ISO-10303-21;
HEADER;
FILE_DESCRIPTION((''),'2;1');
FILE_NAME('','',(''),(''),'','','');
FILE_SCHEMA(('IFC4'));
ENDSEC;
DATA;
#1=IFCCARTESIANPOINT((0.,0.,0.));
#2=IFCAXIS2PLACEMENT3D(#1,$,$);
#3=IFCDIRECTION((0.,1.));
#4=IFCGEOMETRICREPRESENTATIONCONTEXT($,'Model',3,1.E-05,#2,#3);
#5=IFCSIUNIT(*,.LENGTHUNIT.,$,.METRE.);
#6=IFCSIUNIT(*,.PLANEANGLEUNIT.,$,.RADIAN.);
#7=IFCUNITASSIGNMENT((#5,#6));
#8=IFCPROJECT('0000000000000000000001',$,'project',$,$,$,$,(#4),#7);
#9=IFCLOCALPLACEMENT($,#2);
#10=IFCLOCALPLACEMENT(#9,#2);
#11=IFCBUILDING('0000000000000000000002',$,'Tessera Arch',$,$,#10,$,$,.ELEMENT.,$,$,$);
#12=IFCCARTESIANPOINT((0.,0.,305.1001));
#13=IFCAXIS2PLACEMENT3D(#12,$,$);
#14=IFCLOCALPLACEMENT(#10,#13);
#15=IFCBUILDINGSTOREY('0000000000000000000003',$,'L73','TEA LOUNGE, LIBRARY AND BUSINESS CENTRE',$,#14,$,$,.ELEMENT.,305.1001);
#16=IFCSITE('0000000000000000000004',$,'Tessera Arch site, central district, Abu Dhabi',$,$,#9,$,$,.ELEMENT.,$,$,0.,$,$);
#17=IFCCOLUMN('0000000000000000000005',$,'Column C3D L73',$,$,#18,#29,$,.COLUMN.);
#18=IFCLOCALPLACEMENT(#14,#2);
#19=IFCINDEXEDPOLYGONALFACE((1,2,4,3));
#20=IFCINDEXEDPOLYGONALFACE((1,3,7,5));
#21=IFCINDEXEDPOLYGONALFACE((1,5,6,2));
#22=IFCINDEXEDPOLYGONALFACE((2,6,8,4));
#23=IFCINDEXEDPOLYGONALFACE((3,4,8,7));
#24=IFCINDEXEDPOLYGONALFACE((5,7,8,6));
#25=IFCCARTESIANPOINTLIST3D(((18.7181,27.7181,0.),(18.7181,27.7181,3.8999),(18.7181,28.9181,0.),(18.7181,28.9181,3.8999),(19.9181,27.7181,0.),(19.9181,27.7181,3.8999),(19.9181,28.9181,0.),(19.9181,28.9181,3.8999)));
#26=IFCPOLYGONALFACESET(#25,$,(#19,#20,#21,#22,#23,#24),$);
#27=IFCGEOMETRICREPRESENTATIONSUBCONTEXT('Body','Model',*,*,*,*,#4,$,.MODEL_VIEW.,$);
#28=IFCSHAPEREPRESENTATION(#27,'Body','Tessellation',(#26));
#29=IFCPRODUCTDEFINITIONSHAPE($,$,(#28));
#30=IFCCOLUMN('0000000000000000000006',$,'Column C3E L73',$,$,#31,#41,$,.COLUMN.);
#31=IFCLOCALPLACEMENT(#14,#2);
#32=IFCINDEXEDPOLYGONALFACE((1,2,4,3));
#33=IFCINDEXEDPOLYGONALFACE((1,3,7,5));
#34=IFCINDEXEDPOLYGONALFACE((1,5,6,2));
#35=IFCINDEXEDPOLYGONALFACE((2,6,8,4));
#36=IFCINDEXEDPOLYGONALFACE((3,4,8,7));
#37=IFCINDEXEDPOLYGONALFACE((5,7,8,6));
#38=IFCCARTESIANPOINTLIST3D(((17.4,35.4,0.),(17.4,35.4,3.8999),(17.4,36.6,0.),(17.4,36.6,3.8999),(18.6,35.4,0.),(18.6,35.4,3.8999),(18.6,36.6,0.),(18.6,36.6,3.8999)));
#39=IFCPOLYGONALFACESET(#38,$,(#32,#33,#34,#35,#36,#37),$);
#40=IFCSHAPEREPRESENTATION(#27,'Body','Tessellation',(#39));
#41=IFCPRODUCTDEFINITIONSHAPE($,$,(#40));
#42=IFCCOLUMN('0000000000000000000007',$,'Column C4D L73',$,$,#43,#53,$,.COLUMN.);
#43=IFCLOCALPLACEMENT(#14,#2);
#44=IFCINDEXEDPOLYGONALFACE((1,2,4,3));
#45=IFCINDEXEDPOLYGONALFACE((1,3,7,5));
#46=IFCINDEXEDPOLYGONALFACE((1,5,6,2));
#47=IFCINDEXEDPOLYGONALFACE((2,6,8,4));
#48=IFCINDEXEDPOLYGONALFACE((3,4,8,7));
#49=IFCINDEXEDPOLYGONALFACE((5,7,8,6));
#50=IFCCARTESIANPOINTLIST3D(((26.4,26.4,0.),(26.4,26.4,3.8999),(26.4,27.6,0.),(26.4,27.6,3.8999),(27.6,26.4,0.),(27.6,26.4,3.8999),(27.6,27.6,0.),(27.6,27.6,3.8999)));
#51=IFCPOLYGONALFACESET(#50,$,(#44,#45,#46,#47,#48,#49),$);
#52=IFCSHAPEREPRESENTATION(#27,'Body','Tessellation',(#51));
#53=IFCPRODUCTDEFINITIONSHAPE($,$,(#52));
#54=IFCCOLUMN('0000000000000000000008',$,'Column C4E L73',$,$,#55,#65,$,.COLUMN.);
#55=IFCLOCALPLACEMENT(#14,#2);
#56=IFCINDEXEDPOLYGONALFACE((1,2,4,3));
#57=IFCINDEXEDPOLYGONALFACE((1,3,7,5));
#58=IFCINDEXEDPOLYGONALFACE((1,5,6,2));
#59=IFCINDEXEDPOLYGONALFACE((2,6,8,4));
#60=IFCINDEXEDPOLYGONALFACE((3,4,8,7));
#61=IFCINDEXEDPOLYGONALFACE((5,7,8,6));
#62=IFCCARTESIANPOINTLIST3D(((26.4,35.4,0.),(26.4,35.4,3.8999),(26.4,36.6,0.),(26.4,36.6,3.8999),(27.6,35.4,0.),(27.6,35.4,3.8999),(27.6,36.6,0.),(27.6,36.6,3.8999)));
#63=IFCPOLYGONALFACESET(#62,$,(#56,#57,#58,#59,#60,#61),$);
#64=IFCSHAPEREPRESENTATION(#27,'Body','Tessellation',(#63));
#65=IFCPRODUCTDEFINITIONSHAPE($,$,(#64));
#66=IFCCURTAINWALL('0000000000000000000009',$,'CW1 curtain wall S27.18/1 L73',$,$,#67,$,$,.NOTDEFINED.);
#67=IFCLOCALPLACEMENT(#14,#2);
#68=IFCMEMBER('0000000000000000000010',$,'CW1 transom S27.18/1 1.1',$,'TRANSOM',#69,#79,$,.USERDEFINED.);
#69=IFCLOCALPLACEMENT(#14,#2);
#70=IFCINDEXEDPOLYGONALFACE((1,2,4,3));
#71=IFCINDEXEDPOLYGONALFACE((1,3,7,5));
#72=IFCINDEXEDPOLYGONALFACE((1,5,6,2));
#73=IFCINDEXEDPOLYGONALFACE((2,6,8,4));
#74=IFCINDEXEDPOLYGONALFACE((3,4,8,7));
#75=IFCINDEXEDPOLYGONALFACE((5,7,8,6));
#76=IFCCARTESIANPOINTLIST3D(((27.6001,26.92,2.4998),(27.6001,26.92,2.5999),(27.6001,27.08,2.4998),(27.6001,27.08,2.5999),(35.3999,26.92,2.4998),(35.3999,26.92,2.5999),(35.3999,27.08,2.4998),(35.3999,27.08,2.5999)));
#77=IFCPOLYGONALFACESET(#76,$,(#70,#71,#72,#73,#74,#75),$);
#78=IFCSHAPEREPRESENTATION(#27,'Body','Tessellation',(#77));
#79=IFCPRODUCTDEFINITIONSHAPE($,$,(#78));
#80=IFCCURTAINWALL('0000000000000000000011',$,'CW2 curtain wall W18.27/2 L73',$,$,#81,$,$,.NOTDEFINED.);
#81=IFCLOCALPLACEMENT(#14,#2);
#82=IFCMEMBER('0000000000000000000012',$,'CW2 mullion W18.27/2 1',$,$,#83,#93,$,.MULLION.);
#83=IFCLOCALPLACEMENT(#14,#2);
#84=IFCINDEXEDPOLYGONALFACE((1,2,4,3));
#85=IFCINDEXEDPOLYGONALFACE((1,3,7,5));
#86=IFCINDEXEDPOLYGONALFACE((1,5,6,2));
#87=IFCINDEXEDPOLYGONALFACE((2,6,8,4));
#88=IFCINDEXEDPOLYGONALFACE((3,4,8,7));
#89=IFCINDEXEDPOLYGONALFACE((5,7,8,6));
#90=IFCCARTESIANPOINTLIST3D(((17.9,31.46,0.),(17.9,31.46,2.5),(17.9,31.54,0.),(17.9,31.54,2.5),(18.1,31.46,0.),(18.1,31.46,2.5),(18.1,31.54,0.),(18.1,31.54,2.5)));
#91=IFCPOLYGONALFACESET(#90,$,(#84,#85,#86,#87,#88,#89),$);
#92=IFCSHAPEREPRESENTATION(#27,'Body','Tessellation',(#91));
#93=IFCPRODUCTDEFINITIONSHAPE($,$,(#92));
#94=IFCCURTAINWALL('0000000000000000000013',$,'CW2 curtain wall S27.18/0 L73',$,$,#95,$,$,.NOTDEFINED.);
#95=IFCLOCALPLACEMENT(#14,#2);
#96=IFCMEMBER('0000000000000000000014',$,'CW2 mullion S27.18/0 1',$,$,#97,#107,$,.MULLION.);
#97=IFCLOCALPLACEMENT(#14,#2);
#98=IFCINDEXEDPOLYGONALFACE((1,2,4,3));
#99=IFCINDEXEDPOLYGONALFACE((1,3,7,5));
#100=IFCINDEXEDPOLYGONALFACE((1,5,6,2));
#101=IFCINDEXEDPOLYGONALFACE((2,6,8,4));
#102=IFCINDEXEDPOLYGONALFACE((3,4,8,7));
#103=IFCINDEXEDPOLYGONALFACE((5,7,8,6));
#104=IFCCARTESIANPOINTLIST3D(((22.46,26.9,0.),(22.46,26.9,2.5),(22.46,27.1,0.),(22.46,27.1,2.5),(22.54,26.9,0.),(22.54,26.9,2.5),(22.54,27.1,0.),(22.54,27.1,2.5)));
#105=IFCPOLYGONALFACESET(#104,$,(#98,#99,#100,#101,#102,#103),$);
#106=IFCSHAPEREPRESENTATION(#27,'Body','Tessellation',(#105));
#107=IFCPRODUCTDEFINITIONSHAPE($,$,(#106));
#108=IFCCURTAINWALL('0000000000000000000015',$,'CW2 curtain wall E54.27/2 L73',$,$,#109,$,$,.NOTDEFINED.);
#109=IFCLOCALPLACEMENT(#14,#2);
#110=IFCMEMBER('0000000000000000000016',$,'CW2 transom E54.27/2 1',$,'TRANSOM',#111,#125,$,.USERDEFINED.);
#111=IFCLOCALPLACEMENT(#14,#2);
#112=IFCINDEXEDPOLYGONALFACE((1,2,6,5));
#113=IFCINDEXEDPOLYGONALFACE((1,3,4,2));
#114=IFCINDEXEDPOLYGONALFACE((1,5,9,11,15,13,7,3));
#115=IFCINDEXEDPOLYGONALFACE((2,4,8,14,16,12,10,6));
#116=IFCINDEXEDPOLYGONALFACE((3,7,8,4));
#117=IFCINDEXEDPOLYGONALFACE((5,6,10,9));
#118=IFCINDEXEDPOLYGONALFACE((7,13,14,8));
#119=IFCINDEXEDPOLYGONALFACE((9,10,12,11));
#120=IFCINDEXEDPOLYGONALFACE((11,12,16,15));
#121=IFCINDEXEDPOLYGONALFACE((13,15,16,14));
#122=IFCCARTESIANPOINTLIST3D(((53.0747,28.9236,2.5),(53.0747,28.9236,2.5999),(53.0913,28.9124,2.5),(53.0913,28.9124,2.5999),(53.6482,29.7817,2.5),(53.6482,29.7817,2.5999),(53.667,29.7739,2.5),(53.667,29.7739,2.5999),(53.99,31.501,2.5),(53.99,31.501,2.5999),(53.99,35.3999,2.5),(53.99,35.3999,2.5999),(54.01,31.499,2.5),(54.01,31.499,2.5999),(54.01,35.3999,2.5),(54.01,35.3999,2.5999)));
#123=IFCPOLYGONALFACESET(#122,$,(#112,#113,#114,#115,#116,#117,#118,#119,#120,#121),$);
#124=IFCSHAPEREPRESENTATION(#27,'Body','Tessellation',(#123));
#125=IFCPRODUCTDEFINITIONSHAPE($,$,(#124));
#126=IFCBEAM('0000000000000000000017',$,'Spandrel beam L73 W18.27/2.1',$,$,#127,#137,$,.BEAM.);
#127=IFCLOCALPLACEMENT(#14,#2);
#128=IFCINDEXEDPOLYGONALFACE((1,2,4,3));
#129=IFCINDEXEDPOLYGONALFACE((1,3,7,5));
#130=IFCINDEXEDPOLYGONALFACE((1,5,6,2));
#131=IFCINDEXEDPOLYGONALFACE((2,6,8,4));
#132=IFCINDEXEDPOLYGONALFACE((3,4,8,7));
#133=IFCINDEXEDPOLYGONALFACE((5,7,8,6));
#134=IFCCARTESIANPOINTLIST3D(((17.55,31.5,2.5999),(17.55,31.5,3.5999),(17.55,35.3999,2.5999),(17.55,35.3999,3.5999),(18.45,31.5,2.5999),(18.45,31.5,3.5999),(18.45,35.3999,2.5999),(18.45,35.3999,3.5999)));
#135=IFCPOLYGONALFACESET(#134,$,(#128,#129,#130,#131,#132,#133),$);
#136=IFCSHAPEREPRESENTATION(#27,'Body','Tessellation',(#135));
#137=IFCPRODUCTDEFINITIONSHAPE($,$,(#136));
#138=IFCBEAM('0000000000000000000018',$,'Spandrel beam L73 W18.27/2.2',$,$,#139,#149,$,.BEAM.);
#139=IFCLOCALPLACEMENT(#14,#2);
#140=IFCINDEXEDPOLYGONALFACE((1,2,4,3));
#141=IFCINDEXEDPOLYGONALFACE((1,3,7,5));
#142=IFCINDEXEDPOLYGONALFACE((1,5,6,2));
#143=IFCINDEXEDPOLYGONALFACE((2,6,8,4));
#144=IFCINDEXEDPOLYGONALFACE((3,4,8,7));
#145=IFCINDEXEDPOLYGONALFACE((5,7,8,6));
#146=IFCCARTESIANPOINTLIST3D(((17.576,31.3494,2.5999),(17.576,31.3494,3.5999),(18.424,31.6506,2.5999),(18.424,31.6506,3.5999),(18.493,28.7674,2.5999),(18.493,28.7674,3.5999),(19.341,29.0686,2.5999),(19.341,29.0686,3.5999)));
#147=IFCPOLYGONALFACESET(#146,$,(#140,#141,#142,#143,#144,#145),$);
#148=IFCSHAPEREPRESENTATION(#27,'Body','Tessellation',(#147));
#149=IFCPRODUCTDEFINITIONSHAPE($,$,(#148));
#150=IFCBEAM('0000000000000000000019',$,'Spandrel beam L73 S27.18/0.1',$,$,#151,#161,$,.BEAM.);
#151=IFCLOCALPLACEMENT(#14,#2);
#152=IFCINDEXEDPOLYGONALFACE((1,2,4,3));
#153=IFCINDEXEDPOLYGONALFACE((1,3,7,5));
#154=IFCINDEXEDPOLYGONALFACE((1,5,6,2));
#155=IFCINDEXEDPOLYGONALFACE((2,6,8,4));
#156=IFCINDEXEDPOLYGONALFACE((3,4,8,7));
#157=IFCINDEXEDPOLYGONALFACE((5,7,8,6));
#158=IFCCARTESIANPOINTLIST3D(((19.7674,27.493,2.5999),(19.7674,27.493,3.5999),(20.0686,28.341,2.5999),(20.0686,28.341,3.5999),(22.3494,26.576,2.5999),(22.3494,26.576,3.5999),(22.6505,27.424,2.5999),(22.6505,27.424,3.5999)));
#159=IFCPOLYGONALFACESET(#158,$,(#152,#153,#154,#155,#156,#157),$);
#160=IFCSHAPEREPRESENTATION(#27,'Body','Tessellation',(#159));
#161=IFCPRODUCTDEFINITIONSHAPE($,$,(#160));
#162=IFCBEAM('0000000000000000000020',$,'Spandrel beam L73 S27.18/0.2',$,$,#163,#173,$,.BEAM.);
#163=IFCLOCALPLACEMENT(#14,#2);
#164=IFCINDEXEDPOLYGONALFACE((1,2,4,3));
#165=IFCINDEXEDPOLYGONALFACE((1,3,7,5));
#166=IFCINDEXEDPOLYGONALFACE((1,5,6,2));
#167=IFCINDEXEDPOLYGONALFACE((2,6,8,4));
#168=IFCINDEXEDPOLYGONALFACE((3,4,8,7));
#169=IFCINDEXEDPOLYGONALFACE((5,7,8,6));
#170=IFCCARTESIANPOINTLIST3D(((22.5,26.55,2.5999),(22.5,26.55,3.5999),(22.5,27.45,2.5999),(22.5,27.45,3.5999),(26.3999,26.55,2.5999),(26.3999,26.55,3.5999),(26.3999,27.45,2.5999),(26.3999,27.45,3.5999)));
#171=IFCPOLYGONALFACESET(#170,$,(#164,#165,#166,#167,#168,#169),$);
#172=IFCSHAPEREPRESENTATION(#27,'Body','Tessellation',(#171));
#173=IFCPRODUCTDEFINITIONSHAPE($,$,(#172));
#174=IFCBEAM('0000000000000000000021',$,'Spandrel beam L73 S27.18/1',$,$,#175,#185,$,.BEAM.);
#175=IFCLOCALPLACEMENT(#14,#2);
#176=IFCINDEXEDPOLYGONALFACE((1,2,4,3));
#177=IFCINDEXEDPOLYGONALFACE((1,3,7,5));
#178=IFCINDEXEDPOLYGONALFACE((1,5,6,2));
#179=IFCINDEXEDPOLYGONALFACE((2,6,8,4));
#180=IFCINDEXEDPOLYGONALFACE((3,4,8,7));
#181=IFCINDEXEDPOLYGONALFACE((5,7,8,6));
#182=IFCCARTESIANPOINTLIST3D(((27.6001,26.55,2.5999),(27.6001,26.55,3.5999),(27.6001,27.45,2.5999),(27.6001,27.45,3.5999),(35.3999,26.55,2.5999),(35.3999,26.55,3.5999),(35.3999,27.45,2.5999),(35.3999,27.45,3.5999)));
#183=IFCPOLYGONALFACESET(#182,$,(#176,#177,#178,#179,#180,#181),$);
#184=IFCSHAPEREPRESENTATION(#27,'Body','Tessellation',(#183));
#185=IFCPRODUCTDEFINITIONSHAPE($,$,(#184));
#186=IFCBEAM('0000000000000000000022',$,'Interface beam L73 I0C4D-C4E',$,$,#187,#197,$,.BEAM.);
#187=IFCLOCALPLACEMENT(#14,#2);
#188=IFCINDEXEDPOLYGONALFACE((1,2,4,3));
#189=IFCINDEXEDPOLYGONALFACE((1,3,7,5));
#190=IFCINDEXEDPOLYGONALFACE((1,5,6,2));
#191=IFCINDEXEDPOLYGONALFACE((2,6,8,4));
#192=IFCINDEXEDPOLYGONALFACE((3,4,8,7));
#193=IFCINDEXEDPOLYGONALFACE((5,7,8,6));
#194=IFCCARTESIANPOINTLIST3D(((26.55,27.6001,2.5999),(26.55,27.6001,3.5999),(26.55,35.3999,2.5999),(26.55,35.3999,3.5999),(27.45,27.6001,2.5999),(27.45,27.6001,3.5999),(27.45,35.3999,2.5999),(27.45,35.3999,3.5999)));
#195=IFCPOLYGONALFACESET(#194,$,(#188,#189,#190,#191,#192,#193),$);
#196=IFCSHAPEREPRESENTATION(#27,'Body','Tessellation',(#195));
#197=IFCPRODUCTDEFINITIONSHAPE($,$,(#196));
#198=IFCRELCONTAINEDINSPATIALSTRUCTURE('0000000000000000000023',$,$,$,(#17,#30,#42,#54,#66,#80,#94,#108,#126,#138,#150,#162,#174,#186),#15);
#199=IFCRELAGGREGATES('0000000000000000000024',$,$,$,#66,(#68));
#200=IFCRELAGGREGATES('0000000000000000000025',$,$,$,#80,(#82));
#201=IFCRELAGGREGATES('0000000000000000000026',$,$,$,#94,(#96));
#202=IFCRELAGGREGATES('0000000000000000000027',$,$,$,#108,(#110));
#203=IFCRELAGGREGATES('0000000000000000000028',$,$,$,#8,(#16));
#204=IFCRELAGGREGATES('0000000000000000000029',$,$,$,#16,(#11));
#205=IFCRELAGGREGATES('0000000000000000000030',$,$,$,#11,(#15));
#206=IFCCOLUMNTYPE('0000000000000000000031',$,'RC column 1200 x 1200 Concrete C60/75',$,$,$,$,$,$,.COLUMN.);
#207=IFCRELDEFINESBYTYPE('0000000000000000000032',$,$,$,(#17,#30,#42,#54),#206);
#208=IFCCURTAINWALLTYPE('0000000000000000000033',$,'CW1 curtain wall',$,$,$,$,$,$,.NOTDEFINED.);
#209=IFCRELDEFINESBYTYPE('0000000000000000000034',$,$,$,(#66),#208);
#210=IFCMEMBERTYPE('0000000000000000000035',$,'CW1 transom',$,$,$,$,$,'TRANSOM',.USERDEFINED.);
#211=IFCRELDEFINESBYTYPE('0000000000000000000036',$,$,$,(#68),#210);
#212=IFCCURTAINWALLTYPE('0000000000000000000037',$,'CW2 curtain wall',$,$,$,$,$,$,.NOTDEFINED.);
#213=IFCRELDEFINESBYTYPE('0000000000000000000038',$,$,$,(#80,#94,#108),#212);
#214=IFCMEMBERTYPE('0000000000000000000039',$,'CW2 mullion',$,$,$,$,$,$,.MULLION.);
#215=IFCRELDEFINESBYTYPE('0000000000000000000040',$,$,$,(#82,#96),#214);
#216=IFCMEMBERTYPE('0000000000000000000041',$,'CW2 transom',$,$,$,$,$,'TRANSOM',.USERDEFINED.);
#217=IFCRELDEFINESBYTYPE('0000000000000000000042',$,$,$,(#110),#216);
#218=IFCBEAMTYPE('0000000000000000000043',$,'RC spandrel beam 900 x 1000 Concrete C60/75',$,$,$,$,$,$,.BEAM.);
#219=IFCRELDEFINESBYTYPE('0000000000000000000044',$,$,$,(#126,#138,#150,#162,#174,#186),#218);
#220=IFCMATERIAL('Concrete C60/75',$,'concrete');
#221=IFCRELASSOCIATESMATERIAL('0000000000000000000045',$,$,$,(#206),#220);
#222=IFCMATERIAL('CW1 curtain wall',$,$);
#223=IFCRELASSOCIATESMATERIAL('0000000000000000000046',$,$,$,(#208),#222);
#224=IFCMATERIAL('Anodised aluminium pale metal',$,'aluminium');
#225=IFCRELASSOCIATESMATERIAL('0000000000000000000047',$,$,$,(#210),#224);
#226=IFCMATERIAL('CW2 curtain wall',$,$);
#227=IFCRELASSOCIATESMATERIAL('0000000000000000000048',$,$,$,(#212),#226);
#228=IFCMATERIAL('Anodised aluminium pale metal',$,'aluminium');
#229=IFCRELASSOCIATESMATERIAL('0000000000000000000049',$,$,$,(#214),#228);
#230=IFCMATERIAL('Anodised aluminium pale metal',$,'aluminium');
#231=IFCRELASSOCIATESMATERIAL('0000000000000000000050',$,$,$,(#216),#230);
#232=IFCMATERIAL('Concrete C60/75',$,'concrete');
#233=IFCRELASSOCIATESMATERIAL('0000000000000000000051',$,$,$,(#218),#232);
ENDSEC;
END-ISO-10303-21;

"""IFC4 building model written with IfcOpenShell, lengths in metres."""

from ifc_helpers import new_model, si_unit, direction, frame, origin, origin_2d, place, context, subcontext, project, spatial, polyline, rectangle, outline, extrude, material, material_profile, profile_set, type_object, element, aggregate, save


model = new_model("IFC4")

# Units and contexts
model_context = context("Model", 3, precision=1e-05, world=origin(), true_north=direction((0.0, 1.0)))
body_context = subcontext(model_context, "Body", "Model", "MODEL_VIEW")
ifc_project = project(units=[si_unit("LENGTHUNIT", "METRE"), si_unit("PLANEANGLEUNIT", "RADIAN")], contexts=[model_context])

# Site, building, storey
site_placement = place(None, origin())
site = spatial("IfcSite", under=ifc_project, at=site_placement, Name="Tessera Arch site, central district, Abu Dhabi", CompositionType="ELEMENT", RefElevation=0.0)
building_placement = place(site_placement, origin())
building = spatial("IfcBuilding", under=site, at=building_placement, Name="Tessera Arch", CompositionType="ELEMENT")
storey_placement = place(building_placement, frame((0.0, 0.0, 305.1001)))
storey = spatial("IfcBuildingStorey", under=building, at=storey_placement, Name="L73", Description="TEA LOUNGE, LIBRARY AND BUSINESS CENTRE", CompositionType="ELEMENT", Elevation=305.1001)

# Columns
ifc_material_1 = material(Name="Concrete C60/75", Category="concrete")
ifc_material_profile_1 = material_profile(ifc_material_1, rectangle(XDim=1.2, YDim=1.2, at=origin_2d()), Name="RC column 1200 x 1200 Concrete C60/75")
ifc_profile_set_1 = profile_set([ifc_material_profile_1], Name="Concrete C60/75")
column_type = type_object("IfcColumnType", Name="RC column 1200 x 1200 Concrete C60/75", PredefinedType="COLUMN", material=ifc_profile_set_1)
for number, where, z_axis, x_axis, name in (
    (1, (19.3181, 28.3181, 0.0), (0.0, 0.0, 1.0), (1.0, 0.0, 0.0), "Column C3D L73"),
    (2, (18.0, 36.0, 0.0), (0.0, 0.0, 1.0), (1.0, 0.0, 0.0), "Column C3E L73"),
    (3, (27.0, 27.0, 0.0), (0.0, 0.0, 1.0), (1.0, 0.0, 0.0), "Column C4D L73"),
    (4, (27.0, 36.0, 0.0), (0.0, 0.0, 1.0), (1.0, 0.0, 0.0), "Column C4E L73"),
):
    element("IfcColumn", number, at=place(storey_placement, frame(where, z_axis=z_axis, x_axis=x_axis)), inside=storey, type_object=column_type, Name=name, PredefinedType="COLUMN", context=body_context, shape_type="SweptSolid", body=[
        extrude(rectangle(XDim=1.2, YDim=1.2, at=origin_2d()), origin(), (0.0, 0.0, 1.0), 3.8999),
    ])

# Curtain walls, members
ifc_material_2 = material(Name="CW1 curtain wall")
curtain_wall_type_1 = type_object("IfcCurtainWallType", Name="CW1 curtain wall", PredefinedType="NOTDEFINED", material=ifc_material_2)
curtain_wall_1_placement = place(storey_placement, origin())
curtain_wall_1 = element("IfcCurtainWall", 5, at=curtain_wall_1_placement, inside=storey, type_object=curtain_wall_type_1, Name="CW1 curtain wall S27.18/1 L73", PredefinedType="NOTDEFINED")
ifc_material_3 = material(Name="Anodised aluminium pale metal", Category="aluminium")
ifc_material_profile_2 = material_profile(ifc_material_3, rectangle(XDim=0.1599, YDim=0.1001, at=origin_2d()), Name="AL 160x100")
ifc_profile_set_2 = profile_set([ifc_material_profile_2], Name="Anodised aluminium pale metal")
member_type_1 = type_object("IfcMemberType", Name="CW1 transom", ElementType="TRANSOM", PredefinedType="USERDEFINED", material=ifc_profile_set_2)
member_1_placement = place(storey_placement, frame((27.6001, 27.0, 2.5498), z_axis=(1.0, 0.0, 0.0), x_axis=(0.0, 1.0, 0.0)))
member_1 = element("IfcMember", 6, at=member_1_placement, type_object=member_type_1, Name="CW1 transom S27.18/1 1.1", ObjectType="TRANSOM", PredefinedType="USERDEFINED", context=body_context, shape_type="SweptSolid", body=[
    extrude(rectangle(XDim=0.1599, YDim=0.1001, at=origin_2d()), origin(), (0.0, 0.0, 1.0), 7.7998),
])
aggregate(curtain_wall_1, [member_1])
ifc_material_4 = material(Name="CW2 curtain wall")
curtain_wall_type_2 = type_object("IfcCurtainWallType", Name="CW2 curtain wall", PredefinedType="NOTDEFINED", material=ifc_material_4)
curtain_wall_2_placement = place(storey_placement, origin())
curtain_wall_2 = element("IfcCurtainWall", 7, at=curtain_wall_2_placement, inside=storey, type_object=curtain_wall_type_2, Name="CW2 curtain wall W18.27/2 L73", PredefinedType="NOTDEFINED")
ifc_material_5 = material(Name="Anodised aluminium pale metal", Category="aluminium")
ifc_material_profile_3 = material_profile(ifc_material_5, rectangle(XDim=0.2, YDim=0.0801, at=origin_2d()), Name="AL 80x200")
ifc_profile_set_3 = profile_set([ifc_material_profile_3], Name="Anodised aluminium pale metal")
member_type_2 = type_object("IfcMemberType", Name="CW2 mullion", PredefinedType="MULLION", material=ifc_profile_set_3)
member_2_placement = place(storey_placement, frame((18.0, 31.5, 0.0), z_axis=(0.0, 0.0, 1.0), x_axis=(1.0, 0.0, 0.0)))
member_2 = element("IfcMember", 8, at=member_2_placement, type_object=member_type_2, Name="CW2 mullion W18.27/2 1", PredefinedType="MULLION", context=body_context, shape_type="SweptSolid", body=[
    extrude(rectangle(XDim=0.2, YDim=0.0801, at=origin_2d()), origin(), (0.0, 0.0, 1.0), 2.5),
])
curtain_wall_3_placement = place(storey_placement, origin())
curtain_wall_3 = element("IfcCurtainWall", 9, at=curtain_wall_3_placement, inside=storey, type_object=curtain_wall_type_2, Name="CW2 curtain wall S27.18/0 L73", PredefinedType="NOTDEFINED")
member_3_placement = place(storey_placement, frame((22.5, 27.0, 0.0), z_axis=(0.0, 0.0, 1.0), x_axis=(0.0, 1.0, 0.0)))
member_3 = element("IfcMember", 10, at=member_3_placement, type_object=member_type_2, Name="CW2 mullion S27.18/0 1", PredefinedType="MULLION", context=body_context, shape_type="SweptSolid", body=[
    extrude(rectangle(XDim=0.2, YDim=0.0801, at=origin_2d()), origin(), (0.0, 0.0, 1.0), 2.5),
])
curtain_wall_4_placement = place(storey_placement, origin())
curtain_wall_4 = element("IfcCurtainWall", 11, at=curtain_wall_4_placement, inside=storey, type_object=curtain_wall_type_2, Name="CW2 curtain wall E54.27/2 L73", PredefinedType="NOTDEFINED")
ifc_material_6 = material(Name="Anodised aluminium pale metal", Category="aluminium")
ifc_material_profile_4 = material_profile(ifc_material_6, rectangle(XDim=0.2, YDim=0.1001, at=origin_2d()), Name="AL 200x100")
ifc_profile_set_4 = profile_set([ifc_material_profile_4], Name="Anodised aluminium pale metal")
member_type_3 = type_object("IfcMemberType", Name="CW2 transom", ElementType="TRANSOM", PredefinedType="USERDEFINED", material=ifc_profile_set_4)
member_4_placement = place(storey_placement, frame((0.0, 0.0, 2.5)))
member_4 = element("IfcMember", 12, at=member_4_placement, type_object=member_type_3, Name="CW2 transom E54.27/2 1", ObjectType="TRANSOM", PredefinedType="USERDEFINED", context=body_context, shape_type="SweptSolid", body=[
    extrude(outline(polyline([(53.6482, 29.7817), (53.0747, 28.9236), (53.0913, 28.9124), (53.667, 29.7739), (54.01, 31.499), (54.01, 35.3999), (53.99, 35.3999), (53.99, 31.501), (53.6482, 29.7817)])), origin(), (0.0, 0.0, 1.0), 0.0999),
])

# Beams
ifc_material_7 = material(Name="Concrete C60/75", Category="concrete")
ifc_material_profile_5 = material_profile(ifc_material_7, rectangle(XDim=0.8999, YDim=1.0, at=origin_2d()), Name="RC spandrel beam 900 x 1000 Concrete C60/75")
ifc_profile_set_5 = profile_set([ifc_material_profile_5], Name="Concrete C60/75")
beam_type = type_object("IfcBeamType", Name="RC spandrel beam 900 x 1000 Concrete C60/75", PredefinedType="BEAM", material=ifc_profile_set_5)
beam_1_placement = place(storey_placement, frame((18.0, 35.3999, 3.0999), z_axis=(0.0, -1.0, 0.0), x_axis=(1.0, 0.0, 0.0)))
element("IfcBeam", 13, at=beam_1_placement, inside=storey, type_object=beam_type, Name="Spandrel beam L73 W18.27/2.1", PredefinedType="BEAM", context=body_context, shape_type="SweptSolid", body=[
    extrude(rectangle(XDim=0.8999, YDim=1.0, at=origin_2d()), origin(), (0.0, 0.0, 1.0), 3.8999),
])
for number, where, z_axis, x_axis, name in (
    (14, (18.0, 31.5, 3.0999), (0.334665, -0.942337, 0.0), (0.942337, 0.334665, 0.0), "Spandrel beam L73 W18.27/2.2"),
    (15, (19.918, 27.917, 3.0999), (0.942337, -0.334665, 0.0), (0.334665, 0.942337, 0.0), "Spandrel beam L73 S27.18/0.1"),
):
    element("IfcBeam", number, at=place(storey_placement, frame(where, z_axis=z_axis, x_axis=x_axis)), inside=storey, type_object=beam_type, Name=name, PredefinedType="BEAM", context=body_context, shape_type="SweptSolid", body=[
        extrude(rectangle(XDim=0.8999, YDim=1.0, at=origin_2d()), origin(), (0.0, 0.0, 1.0), 2.74),
    ])
beam_2_placement = place(storey_placement, frame((22.5, 27.0, 3.0999), z_axis=(1.0, 0.0, 0.0), x_axis=(0.0, 1.0, 0.0)))
element("IfcBeam", 16, at=beam_2_placement, inside=storey, type_object=beam_type, Name="Spandrel beam L73 S27.18/0.2", PredefinedType="BEAM", context=body_context, shape_type="SweptSolid", body=[
    extrude(rectangle(XDim=0.8999, YDim=1.0, at=origin_2d()), origin(), (0.0, 0.0, 1.0), 3.8999),
])
for number, where, z_axis, x_axis, name in (
    (17, (27.6001, 27.0, 3.0999), (1.0, 0.0, 0.0), (0.0, 1.0, 0.0), "Spandrel beam L73 S27.18/1"),
    (18, (27.0, 27.6001, 3.0999), (0.0, 1.0, 0.0), (-1.0, 0.0, 0.0), "Interface beam L73 I0C4D-C4E"),
):
    element("IfcBeam", number, at=place(storey_placement, frame(where, z_axis=z_axis, x_axis=x_axis)), inside=storey, type_object=beam_type, Name=name, PredefinedType="BEAM", context=body_context, shape_type="SweptSolid", body=[
        extrude(rectangle(XDim=0.8999, YDim=1.0, at=origin_2d()), origin(), (0.0, 0.0, 1.0), 7.7998),
    ])

aggregate(curtain_wall_2, [member_2])
aggregate(curtain_wall_3, [member_3])

aggregate(curtain_wall_4, [member_4])

save(model, "model.ifc")
